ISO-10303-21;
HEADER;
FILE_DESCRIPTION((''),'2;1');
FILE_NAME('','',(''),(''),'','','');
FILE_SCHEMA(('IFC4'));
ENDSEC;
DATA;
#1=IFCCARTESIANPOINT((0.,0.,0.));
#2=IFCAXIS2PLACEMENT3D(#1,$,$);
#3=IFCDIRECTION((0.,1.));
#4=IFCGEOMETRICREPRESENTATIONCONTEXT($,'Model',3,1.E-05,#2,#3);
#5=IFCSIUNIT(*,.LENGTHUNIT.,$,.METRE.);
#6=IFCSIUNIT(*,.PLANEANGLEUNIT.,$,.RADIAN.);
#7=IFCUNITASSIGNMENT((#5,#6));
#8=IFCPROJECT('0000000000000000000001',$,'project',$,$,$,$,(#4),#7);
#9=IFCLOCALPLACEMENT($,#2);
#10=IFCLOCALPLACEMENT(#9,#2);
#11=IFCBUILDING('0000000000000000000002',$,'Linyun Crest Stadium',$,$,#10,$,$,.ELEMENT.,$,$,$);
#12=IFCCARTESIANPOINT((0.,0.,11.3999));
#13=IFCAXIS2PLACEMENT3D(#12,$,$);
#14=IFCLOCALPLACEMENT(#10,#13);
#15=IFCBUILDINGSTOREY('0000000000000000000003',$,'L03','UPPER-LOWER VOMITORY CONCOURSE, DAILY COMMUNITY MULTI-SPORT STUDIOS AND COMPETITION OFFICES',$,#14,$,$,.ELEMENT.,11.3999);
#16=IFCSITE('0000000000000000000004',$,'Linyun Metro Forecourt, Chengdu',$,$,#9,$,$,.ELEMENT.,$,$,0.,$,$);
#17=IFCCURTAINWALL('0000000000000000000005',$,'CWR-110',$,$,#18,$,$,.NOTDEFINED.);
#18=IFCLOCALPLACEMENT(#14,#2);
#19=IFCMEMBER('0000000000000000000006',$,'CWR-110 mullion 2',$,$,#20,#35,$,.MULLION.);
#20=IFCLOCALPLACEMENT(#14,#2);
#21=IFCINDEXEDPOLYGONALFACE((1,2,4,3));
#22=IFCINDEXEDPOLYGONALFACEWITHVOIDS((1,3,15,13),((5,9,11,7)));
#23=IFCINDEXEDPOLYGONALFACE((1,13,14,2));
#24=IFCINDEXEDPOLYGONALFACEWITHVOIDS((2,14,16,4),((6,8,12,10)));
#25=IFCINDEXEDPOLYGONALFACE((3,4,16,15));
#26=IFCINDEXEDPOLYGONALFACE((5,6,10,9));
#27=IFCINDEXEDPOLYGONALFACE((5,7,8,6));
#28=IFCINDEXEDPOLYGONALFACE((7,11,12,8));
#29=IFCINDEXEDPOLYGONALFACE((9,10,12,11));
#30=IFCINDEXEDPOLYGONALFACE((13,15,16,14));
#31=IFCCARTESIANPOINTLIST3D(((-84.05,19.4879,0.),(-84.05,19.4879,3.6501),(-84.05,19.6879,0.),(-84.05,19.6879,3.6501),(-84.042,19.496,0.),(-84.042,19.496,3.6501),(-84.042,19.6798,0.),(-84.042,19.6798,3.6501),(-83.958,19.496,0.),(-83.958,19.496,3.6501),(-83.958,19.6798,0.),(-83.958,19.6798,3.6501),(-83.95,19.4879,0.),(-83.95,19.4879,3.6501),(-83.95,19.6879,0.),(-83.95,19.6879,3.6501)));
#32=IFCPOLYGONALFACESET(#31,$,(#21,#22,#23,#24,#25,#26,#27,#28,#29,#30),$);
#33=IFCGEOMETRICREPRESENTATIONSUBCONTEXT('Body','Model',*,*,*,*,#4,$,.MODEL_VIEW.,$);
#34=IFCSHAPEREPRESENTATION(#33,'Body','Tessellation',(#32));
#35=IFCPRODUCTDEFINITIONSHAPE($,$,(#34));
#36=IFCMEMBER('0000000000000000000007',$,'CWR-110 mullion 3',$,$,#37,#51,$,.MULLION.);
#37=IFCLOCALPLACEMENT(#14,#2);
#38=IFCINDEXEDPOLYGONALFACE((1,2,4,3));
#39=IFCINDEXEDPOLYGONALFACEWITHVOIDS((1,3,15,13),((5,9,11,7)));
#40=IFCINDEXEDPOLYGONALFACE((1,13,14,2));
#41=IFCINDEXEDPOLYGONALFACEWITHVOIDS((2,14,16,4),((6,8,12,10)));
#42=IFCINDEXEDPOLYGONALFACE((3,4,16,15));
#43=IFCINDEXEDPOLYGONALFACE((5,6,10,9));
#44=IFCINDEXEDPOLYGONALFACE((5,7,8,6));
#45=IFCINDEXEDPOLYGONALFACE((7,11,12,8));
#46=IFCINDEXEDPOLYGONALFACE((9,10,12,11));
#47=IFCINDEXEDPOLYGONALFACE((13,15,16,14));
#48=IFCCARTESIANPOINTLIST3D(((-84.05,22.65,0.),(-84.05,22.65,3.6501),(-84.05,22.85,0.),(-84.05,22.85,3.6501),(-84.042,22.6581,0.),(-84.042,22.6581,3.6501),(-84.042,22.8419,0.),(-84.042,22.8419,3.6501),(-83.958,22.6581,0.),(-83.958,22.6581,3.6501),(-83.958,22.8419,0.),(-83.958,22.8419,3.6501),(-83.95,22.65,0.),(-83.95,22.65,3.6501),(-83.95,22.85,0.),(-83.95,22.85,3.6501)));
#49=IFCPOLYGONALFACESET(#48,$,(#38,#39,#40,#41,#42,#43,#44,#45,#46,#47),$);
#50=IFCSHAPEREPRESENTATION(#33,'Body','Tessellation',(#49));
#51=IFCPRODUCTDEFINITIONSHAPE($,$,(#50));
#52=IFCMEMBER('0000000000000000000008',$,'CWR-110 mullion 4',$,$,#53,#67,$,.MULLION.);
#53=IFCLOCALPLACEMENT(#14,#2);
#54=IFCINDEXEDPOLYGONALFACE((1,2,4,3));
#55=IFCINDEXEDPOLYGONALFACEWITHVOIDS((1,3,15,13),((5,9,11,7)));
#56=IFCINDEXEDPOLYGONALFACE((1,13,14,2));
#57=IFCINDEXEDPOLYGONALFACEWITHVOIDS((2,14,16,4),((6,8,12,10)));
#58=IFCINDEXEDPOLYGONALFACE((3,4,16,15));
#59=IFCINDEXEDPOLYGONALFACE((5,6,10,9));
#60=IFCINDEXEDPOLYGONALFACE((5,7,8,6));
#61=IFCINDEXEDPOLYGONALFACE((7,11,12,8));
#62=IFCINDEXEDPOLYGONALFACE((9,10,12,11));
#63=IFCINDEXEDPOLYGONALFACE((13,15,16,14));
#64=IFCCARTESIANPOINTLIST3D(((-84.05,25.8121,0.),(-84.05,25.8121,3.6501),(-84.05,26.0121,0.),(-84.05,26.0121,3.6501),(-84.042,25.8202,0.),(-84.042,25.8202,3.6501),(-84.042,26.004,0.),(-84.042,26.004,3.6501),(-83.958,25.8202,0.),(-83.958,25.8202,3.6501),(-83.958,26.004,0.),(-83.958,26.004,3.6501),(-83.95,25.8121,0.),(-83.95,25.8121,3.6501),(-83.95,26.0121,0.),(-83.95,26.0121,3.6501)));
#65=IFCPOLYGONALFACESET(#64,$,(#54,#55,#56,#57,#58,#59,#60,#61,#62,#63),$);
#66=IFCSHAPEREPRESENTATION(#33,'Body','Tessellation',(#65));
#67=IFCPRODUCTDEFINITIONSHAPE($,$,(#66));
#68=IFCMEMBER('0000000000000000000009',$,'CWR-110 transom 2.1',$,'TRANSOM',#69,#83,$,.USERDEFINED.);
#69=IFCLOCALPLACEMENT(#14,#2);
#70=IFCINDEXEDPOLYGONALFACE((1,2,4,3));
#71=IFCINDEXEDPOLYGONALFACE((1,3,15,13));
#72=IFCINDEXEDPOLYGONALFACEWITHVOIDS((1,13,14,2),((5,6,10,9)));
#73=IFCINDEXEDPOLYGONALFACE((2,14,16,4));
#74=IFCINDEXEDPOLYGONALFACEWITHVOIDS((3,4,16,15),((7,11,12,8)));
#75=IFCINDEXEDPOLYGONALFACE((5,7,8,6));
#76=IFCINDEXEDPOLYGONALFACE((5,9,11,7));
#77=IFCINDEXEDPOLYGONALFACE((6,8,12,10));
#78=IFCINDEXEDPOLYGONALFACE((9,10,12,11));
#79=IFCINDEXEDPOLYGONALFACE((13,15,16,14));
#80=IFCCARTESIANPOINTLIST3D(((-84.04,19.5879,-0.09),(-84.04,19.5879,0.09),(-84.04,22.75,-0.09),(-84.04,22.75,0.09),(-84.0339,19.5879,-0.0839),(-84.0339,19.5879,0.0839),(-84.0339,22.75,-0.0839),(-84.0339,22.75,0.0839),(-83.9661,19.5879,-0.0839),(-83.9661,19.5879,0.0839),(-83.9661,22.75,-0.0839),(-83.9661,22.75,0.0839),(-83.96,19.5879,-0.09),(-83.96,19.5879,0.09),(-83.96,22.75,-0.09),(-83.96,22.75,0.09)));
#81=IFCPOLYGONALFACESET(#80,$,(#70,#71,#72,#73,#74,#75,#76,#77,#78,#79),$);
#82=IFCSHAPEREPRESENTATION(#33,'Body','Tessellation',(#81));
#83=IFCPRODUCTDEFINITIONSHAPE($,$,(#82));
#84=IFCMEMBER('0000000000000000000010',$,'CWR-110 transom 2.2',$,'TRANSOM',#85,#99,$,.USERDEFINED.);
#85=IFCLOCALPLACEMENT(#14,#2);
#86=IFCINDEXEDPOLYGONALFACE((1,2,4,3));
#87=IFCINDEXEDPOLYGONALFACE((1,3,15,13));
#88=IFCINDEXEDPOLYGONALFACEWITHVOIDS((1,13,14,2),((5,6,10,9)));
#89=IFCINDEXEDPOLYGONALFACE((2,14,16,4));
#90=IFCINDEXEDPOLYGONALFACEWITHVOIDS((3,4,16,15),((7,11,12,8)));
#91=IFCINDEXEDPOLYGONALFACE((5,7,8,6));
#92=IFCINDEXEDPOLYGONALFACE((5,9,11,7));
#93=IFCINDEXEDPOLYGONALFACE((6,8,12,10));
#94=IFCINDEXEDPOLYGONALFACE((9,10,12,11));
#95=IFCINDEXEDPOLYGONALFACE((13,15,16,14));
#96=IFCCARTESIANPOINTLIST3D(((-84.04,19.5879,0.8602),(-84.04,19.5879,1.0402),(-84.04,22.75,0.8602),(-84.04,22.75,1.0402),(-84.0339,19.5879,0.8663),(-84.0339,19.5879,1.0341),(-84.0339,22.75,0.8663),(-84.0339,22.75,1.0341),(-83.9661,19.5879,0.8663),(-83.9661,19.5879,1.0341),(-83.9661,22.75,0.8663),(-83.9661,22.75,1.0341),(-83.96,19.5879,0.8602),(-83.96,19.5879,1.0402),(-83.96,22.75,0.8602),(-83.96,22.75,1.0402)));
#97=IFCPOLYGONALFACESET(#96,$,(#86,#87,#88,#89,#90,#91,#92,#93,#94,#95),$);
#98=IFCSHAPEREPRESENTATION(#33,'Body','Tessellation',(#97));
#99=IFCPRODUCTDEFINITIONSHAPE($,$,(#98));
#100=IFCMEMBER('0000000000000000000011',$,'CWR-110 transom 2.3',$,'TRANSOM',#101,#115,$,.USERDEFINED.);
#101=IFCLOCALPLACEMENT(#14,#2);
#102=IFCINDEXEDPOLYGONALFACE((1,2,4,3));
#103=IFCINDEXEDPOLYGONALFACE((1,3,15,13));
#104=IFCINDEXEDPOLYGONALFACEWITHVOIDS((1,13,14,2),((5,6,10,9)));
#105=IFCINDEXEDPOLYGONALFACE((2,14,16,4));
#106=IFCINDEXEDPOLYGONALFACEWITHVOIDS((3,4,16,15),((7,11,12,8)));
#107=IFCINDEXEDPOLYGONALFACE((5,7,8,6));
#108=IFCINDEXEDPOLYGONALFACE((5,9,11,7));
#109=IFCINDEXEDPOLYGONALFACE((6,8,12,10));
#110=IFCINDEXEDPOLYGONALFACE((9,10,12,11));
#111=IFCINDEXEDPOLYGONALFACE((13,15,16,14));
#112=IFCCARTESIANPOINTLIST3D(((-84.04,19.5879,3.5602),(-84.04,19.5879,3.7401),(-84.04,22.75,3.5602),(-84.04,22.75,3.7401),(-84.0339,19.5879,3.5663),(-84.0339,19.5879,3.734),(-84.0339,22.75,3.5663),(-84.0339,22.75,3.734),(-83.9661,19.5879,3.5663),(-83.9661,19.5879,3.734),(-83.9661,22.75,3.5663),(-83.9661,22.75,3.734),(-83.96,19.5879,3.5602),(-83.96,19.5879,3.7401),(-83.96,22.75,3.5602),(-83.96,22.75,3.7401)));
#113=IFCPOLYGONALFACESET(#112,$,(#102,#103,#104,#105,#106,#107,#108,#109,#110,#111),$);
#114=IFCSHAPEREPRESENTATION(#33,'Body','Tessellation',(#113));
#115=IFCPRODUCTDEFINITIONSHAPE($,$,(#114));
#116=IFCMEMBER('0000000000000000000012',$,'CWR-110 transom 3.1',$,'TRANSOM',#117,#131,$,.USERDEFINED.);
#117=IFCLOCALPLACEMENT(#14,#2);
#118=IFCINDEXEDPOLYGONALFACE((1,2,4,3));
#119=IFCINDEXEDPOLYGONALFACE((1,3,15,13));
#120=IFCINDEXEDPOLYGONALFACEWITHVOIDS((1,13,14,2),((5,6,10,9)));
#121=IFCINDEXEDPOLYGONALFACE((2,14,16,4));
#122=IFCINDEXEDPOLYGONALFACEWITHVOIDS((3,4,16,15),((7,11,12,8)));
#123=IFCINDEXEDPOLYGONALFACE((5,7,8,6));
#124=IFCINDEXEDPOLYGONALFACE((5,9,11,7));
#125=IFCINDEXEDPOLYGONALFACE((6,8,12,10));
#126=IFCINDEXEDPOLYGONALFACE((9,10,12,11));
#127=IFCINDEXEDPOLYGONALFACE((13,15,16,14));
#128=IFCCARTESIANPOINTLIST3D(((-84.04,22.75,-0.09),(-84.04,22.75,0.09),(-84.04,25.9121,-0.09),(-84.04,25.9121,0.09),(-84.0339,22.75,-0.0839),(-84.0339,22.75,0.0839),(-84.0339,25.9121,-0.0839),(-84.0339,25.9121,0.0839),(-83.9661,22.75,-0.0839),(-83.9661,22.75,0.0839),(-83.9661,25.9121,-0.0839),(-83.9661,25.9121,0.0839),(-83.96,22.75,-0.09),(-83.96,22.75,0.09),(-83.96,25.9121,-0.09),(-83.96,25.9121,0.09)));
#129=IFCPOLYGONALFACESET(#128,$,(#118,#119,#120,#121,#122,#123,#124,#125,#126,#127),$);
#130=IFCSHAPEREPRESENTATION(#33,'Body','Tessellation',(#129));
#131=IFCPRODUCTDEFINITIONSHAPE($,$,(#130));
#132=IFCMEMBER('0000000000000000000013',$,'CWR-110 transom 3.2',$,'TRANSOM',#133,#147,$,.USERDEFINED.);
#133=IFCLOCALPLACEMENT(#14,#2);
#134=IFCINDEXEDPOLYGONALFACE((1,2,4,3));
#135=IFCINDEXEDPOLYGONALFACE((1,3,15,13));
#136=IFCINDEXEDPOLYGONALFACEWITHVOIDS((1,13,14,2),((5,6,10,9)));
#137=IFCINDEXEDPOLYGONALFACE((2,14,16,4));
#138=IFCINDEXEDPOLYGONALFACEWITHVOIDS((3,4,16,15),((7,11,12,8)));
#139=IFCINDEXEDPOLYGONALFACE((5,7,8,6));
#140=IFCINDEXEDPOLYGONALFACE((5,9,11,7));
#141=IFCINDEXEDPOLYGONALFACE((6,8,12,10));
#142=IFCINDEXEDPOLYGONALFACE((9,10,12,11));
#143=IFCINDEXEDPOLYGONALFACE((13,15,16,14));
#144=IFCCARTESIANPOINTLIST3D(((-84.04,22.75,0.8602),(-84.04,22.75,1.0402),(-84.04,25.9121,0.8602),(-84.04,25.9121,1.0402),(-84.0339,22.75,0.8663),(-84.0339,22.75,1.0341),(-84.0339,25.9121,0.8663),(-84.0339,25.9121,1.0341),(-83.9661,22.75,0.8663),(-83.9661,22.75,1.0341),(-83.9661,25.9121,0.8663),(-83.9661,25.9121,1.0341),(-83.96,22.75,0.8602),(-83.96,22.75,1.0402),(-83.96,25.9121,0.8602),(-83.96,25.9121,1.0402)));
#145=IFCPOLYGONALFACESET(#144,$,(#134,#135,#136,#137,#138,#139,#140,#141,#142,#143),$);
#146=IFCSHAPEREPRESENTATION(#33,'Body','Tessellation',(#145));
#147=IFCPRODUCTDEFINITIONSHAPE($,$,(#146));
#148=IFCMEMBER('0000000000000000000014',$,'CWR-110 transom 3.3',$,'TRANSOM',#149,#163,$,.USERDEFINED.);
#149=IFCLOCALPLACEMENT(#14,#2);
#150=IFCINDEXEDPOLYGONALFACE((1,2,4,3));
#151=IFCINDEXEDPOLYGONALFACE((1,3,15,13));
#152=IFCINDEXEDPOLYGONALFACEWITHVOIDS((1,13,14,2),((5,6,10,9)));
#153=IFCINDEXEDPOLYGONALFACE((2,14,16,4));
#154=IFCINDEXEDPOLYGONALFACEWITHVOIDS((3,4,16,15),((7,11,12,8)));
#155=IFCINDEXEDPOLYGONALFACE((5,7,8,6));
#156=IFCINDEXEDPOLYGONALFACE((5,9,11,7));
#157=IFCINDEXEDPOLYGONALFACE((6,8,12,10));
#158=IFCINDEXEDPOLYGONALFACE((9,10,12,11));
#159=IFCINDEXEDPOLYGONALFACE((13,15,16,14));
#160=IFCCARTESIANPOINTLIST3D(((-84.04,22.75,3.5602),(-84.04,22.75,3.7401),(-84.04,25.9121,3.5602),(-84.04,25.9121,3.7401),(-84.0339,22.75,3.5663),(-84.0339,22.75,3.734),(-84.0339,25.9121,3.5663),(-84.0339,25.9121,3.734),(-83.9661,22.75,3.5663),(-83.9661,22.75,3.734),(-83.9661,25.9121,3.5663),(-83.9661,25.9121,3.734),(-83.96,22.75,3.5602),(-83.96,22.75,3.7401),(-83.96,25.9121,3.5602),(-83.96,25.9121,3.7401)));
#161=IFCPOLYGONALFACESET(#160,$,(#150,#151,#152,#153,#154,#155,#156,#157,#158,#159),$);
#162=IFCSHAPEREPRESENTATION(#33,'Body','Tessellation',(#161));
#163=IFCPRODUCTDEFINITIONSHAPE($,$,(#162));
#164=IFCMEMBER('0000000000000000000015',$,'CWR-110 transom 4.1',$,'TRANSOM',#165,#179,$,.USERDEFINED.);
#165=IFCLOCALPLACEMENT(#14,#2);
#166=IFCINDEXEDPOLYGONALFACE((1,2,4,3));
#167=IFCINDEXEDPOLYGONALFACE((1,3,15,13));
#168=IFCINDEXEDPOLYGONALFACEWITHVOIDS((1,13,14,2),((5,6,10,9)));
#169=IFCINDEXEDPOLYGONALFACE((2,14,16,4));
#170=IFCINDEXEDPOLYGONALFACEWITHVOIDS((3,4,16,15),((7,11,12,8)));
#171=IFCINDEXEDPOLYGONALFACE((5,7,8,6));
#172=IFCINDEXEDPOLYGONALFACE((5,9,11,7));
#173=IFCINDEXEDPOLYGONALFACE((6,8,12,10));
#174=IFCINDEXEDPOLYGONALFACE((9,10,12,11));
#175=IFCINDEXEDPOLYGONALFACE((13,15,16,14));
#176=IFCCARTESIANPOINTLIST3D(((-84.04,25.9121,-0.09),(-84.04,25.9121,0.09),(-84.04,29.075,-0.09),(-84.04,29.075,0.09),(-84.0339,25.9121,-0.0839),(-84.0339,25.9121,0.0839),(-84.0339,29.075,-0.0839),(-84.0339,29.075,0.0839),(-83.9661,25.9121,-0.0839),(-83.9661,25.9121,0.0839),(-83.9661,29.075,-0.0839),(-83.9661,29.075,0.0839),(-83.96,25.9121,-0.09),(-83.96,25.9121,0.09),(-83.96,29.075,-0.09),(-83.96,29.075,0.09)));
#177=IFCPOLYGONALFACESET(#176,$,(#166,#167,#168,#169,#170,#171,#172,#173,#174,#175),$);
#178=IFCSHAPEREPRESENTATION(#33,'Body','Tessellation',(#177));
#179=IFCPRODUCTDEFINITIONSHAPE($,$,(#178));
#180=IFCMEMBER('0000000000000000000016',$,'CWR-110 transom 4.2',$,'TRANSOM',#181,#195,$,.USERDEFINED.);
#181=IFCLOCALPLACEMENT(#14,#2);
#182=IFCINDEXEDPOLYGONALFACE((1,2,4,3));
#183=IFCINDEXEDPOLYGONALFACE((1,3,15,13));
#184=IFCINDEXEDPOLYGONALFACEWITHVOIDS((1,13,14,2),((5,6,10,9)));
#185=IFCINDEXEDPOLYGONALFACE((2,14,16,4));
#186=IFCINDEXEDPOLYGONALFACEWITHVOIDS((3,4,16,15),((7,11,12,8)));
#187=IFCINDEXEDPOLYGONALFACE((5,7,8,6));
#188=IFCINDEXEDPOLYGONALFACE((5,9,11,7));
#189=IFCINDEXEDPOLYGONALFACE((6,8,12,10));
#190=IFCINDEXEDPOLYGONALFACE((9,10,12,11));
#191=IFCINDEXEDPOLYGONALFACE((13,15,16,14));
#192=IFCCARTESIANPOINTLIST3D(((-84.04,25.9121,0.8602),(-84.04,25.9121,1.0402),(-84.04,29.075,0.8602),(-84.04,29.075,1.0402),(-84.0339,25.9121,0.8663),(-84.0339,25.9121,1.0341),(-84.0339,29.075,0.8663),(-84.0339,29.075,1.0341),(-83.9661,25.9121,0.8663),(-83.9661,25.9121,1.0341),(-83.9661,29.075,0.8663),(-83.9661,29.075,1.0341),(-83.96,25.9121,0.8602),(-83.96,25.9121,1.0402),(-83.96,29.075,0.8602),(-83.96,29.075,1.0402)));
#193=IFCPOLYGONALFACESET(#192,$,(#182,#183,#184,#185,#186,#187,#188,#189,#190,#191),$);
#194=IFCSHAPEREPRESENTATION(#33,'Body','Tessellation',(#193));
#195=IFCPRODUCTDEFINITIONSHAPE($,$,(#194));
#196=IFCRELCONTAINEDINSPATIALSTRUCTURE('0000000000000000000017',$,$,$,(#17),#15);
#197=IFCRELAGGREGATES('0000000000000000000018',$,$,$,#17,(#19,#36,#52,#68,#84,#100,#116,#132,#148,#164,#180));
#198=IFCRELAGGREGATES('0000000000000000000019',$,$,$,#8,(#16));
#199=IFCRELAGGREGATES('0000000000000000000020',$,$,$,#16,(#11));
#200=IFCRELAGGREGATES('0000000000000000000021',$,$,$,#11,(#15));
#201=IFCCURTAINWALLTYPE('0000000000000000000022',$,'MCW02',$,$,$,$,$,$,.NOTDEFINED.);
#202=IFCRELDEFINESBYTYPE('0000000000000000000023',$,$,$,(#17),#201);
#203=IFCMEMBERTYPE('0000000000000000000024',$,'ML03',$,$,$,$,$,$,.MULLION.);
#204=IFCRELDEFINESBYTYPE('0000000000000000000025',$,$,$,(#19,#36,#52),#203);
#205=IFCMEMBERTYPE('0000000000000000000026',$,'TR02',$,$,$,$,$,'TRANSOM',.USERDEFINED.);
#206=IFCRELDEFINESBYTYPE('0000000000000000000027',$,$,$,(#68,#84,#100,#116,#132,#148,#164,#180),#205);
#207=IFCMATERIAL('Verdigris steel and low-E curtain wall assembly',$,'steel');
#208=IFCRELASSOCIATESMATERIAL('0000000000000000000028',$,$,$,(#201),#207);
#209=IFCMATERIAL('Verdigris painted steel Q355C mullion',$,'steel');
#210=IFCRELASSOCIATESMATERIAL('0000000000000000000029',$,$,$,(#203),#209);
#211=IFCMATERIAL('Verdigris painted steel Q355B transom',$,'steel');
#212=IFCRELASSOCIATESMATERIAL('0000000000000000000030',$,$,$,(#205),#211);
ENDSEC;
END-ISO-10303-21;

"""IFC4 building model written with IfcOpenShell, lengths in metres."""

from ifc_helpers import new_model, si_unit, direction, frame, origin, origin_2d, place, context, subcontext, project, spatial, hollow_rectangle, extrude, material, material_profile, profile_set, type_object, element, aggregate, save


model = new_model("IFC4")

# Units and contexts
model_context = context("Model", 3, precision=1e-05, world=origin(), true_north=direction((0.0, 1.0)))
body_context = subcontext(model_context, "Body", "Model", "MODEL_VIEW")
ifc_project = project(units=[si_unit("LENGTHUNIT", "METRE"), si_unit("PLANEANGLEUNIT", "RADIAN")], contexts=[model_context])

# Site, building, storey
site_placement = place(None, origin())
site = spatial("IfcSite", under=ifc_project, at=site_placement, Name="Linyun Metro Forecourt, Chengdu", CompositionType="ELEMENT", RefElevation=0.0)
building_placement = place(site_placement, origin())
building = spatial("IfcBuilding", under=site, at=building_placement, Name="Linyun Crest Stadium", CompositionType="ELEMENT")
storey_placement = place(building_placement, frame((0.0, 0.0, 11.3999)))
storey = spatial("IfcBuildingStorey", under=building, at=storey_placement, Name="L03", Description="UPPER-LOWER VOMITORY CONCOURSE, DAILY COMMUNITY MULTI-SPORT STUDIOS AND COMPETITION OFFICES", CompositionType="ELEMENT", Elevation=11.3999)

# Curtain wall, members
ifc_material_1 = material(Name="Verdigris steel and low-E curtain wall assembly", Category="steel")
curtain_wall_type = type_object("IfcCurtainWallType", Name="MCW02", PredefinedType="NOTDEFINED", material=ifc_material_1)
curtain_wall_placement = place(storey_placement, origin())
curtain_wall = element("IfcCurtainWall", 1, at=curtain_wall_placement, inside=storey, type_object=curtain_wall_type, Name="CWR-110", PredefinedType="NOTDEFINED")
ifc_material_2 = material(Name="Verdigris painted steel Q355C mullion", Category="steel")
ifc_material_profile_1 = material_profile(ifc_material_2, hollow_rectangle(XDim=0.1001, YDim=0.2, WallThickness=0.0081, at=origin_2d()), Name="RHS 200x100x8")
ifc_profile_set_1 = profile_set([ifc_material_profile_1], Name="Verdigris painted steel Q355C mullion")
member_type_1 = type_object("IfcMemberType", Name="ML03", PredefinedType="MULLION", material=ifc_profile_set_1)
member_1_placement = place(storey_placement, frame((-84.0, 19.5879, 0.0), z_axis=(0.0, 0.0, 1.0), x_axis=(-1.0, 0.0, 0.0)))
member_1 = element("IfcMember", 2, at=member_1_placement, type_object=member_type_1, Name="CWR-110 mullion 2", PredefinedType="MULLION", context=body_context, shape_type="SweptSolid", body=[
    extrude(hollow_rectangle(XDim=0.1001, YDim=0.2, WallThickness=0.0081, at=origin_2d()), origin(), (0.0, 0.0, 1.0), 3.6501),
])
member_2_placement = place(storey_placement, frame((-84.0, 22.75, 0.0), z_axis=(0.0, 0.0, 1.0), x_axis=(-1.0, 0.0, 0.0)))
member_2 = element("IfcMember", 3, at=member_2_placement, type_object=member_type_1, Name="CWR-110 mullion 3", PredefinedType="MULLION", context=body_context, shape_type="SweptSolid", body=[
    extrude(hollow_rectangle(XDim=0.1001, YDim=0.2, WallThickness=0.0081, at=origin_2d()), origin(), (0.0, 0.0, 1.0), 3.6501),
])
member_3_placement = place(storey_placement, frame((-84.0, 25.9121, 0.0), z_axis=(0.0, 0.0, 1.0), x_axis=(-1.0, 0.0, 0.0)))
member_3 = element("IfcMember", 4, at=member_3_placement, type_object=member_type_1, Name="CWR-110 mullion 4", PredefinedType="MULLION", context=body_context, shape_type="SweptSolid", body=[
    extrude(hollow_rectangle(XDim=0.1001, YDim=0.2, WallThickness=0.0081, at=origin_2d()), origin(), (0.0, 0.0, 1.0), 3.6501),
])
ifc_material_3 = material(Name="Verdigris painted steel Q355B transom", Category="steel")
ifc_material_profile_2 = material_profile(ifc_material_3, hollow_rectangle(XDim=0.0801, YDim=0.1799, WallThickness=0.0061, at=origin_2d()), Name="RHS 180x80x6")
ifc_profile_set_2 = profile_set([ifc_material_profile_2], Name="Verdigris painted steel Q355B transom")
member_type_2 = type_object("IfcMemberType", Name="TR02", ElementType="TRANSOM", PredefinedType="USERDEFINED", material=ifc_profile_set_2)
member_4_placement = place(storey_placement, frame((-84.0, 19.5879, 0.0), z_axis=(0.0, 1.0, 0.0), x_axis=(-1.0, 0.0, 0.0)))
member_4 = element("IfcMember", 5, at=member_4_placement, type_object=member_type_2, Name="CWR-110 transom 2.1", ObjectType="TRANSOM", PredefinedType="USERDEFINED", context=body_context, shape_type="SweptSolid", body=[
    extrude(hollow_rectangle(XDim=0.0801, YDim=0.1799, WallThickness=0.0061, at=origin_2d()), origin(), (0.0, 0.0, 1.0), 3.1621),
])
member_5_placement = place(storey_placement, frame((-84.0, 19.5879, 0.9502), z_axis=(0.0, 1.0, 0.0), x_axis=(-1.0, 0.0, 0.0)))
member_5 = element("IfcMember", 6, at=member_5_placement, type_object=member_type_2, Name="CWR-110 transom 2.2", ObjectType="TRANSOM", PredefinedType="USERDEFINED", context=body_context, shape_type="SweptSolid", body=[
    extrude(hollow_rectangle(XDim=0.0801, YDim=0.1799, WallThickness=0.0061, at=origin_2d()), origin(), (0.0, 0.0, 1.0), 3.1621),
])
member_6_placement = place(storey_placement, frame((-84.0, 19.5879, 3.6501), z_axis=(0.0, 1.0, 0.0), x_axis=(-1.0, 0.0, 0.0)))
member_6 = element("IfcMember", 7, at=member_6_placement, type_object=member_type_2, Name="CWR-110 transom 2.3", ObjectType="TRANSOM", PredefinedType="USERDEFINED", context=body_context, shape_type="SweptSolid", body=[
    extrude(hollow_rectangle(XDim=0.0801, YDim=0.1799, WallThickness=0.0061, at=origin_2d()), origin(), (0.0, 0.0, 1.0), 3.1621),
])
member_7_placement = place(storey_placement, frame((-84.0, 22.75, 0.0), z_axis=(0.0, 1.0, 0.0), x_axis=(-1.0, 0.0, 0.0)))
member_7 = element("IfcMember", 8, at=member_7_placement, type_object=member_type_2, Name="CWR-110 transom 3.1", ObjectType="TRANSOM", PredefinedType="USERDEFINED", context=body_context, shape_type="SweptSolid", body=[
    extrude(hollow_rectangle(XDim=0.0801, YDim=0.1799, WallThickness=0.0061, at=origin_2d()), origin(), (0.0, 0.0, 1.0), 3.1621),
])
member_8_placement = place(storey_placement, frame((-84.0, 22.75, 0.9502), z_axis=(0.0, 1.0, 0.0), x_axis=(-1.0, 0.0, 0.0)))
member_8 = element("IfcMember", 9, at=member_8_placement, type_object=member_type_2, Name="CWR-110 transom 3.2", ObjectType="TRANSOM", PredefinedType="USERDEFINED", context=body_context, shape_type="SweptSolid", body=[
    extrude(hollow_rectangle(XDim=0.0801, YDim=0.1799, WallThickness=0.0061, at=origin_2d()), origin(), (0.0, 0.0, 1.0), 3.1621),
])
member_9_placement = place(storey_placement, frame((-84.0, 22.75, 3.6501), z_axis=(0.0, 1.0, 0.0), x_axis=(-1.0, 0.0, 0.0)))
member_9 = element("IfcMember", 10, at=member_9_placement, type_object=member_type_2, Name="CWR-110 transom 3.3", ObjectType="TRANSOM", PredefinedType="USERDEFINED", context=body_context, shape_type="SweptSolid", body=[
    extrude(hollow_rectangle(XDim=0.0801, YDim=0.1799, WallThickness=0.0061, at=origin_2d()), origin(), (0.0, 0.0, 1.0), 3.1621),
])
member_10_placement = place(storey_placement, frame((-84.0, 25.9121, 0.0), z_axis=(0.0, 1.0, 0.0), x_axis=(-1.0, 0.0, 0.0)))
member_10 = element("IfcMember", 11, at=member_10_placement, type_object=member_type_2, Name="CWR-110 transom 4.1", ObjectType="TRANSOM", PredefinedType="USERDEFINED", context=body_context, shape_type="SweptSolid", body=[
    extrude(hollow_rectangle(XDim=0.0801, YDim=0.1799, WallThickness=0.0061, at=origin_2d()), origin(), (0.0, 0.0, 1.0), 3.1628),
])
member_11_placement = place(storey_placement, frame((-84.0, 25.9121, 0.9502), z_axis=(0.0, 1.0, 0.0), x_axis=(-1.0, 0.0, 0.0)))
member_11 = element("IfcMember", 12, at=member_11_placement, type_object=member_type_2, Name="CWR-110 transom 4.2", ObjectType="TRANSOM", PredefinedType="USERDEFINED", context=body_context, shape_type="SweptSolid", body=[
    extrude(hollow_rectangle(XDim=0.0801, YDim=0.1799, WallThickness=0.0061, at=origin_2d()), origin(), (0.0, 0.0, 1.0), 3.1628),
])
aggregate(curtain_wall, [member_1, member_2, member_3, member_4, member_5, member_6, member_7, member_8, member_9, member_10, member_11])

save(model, "model.ifc")
